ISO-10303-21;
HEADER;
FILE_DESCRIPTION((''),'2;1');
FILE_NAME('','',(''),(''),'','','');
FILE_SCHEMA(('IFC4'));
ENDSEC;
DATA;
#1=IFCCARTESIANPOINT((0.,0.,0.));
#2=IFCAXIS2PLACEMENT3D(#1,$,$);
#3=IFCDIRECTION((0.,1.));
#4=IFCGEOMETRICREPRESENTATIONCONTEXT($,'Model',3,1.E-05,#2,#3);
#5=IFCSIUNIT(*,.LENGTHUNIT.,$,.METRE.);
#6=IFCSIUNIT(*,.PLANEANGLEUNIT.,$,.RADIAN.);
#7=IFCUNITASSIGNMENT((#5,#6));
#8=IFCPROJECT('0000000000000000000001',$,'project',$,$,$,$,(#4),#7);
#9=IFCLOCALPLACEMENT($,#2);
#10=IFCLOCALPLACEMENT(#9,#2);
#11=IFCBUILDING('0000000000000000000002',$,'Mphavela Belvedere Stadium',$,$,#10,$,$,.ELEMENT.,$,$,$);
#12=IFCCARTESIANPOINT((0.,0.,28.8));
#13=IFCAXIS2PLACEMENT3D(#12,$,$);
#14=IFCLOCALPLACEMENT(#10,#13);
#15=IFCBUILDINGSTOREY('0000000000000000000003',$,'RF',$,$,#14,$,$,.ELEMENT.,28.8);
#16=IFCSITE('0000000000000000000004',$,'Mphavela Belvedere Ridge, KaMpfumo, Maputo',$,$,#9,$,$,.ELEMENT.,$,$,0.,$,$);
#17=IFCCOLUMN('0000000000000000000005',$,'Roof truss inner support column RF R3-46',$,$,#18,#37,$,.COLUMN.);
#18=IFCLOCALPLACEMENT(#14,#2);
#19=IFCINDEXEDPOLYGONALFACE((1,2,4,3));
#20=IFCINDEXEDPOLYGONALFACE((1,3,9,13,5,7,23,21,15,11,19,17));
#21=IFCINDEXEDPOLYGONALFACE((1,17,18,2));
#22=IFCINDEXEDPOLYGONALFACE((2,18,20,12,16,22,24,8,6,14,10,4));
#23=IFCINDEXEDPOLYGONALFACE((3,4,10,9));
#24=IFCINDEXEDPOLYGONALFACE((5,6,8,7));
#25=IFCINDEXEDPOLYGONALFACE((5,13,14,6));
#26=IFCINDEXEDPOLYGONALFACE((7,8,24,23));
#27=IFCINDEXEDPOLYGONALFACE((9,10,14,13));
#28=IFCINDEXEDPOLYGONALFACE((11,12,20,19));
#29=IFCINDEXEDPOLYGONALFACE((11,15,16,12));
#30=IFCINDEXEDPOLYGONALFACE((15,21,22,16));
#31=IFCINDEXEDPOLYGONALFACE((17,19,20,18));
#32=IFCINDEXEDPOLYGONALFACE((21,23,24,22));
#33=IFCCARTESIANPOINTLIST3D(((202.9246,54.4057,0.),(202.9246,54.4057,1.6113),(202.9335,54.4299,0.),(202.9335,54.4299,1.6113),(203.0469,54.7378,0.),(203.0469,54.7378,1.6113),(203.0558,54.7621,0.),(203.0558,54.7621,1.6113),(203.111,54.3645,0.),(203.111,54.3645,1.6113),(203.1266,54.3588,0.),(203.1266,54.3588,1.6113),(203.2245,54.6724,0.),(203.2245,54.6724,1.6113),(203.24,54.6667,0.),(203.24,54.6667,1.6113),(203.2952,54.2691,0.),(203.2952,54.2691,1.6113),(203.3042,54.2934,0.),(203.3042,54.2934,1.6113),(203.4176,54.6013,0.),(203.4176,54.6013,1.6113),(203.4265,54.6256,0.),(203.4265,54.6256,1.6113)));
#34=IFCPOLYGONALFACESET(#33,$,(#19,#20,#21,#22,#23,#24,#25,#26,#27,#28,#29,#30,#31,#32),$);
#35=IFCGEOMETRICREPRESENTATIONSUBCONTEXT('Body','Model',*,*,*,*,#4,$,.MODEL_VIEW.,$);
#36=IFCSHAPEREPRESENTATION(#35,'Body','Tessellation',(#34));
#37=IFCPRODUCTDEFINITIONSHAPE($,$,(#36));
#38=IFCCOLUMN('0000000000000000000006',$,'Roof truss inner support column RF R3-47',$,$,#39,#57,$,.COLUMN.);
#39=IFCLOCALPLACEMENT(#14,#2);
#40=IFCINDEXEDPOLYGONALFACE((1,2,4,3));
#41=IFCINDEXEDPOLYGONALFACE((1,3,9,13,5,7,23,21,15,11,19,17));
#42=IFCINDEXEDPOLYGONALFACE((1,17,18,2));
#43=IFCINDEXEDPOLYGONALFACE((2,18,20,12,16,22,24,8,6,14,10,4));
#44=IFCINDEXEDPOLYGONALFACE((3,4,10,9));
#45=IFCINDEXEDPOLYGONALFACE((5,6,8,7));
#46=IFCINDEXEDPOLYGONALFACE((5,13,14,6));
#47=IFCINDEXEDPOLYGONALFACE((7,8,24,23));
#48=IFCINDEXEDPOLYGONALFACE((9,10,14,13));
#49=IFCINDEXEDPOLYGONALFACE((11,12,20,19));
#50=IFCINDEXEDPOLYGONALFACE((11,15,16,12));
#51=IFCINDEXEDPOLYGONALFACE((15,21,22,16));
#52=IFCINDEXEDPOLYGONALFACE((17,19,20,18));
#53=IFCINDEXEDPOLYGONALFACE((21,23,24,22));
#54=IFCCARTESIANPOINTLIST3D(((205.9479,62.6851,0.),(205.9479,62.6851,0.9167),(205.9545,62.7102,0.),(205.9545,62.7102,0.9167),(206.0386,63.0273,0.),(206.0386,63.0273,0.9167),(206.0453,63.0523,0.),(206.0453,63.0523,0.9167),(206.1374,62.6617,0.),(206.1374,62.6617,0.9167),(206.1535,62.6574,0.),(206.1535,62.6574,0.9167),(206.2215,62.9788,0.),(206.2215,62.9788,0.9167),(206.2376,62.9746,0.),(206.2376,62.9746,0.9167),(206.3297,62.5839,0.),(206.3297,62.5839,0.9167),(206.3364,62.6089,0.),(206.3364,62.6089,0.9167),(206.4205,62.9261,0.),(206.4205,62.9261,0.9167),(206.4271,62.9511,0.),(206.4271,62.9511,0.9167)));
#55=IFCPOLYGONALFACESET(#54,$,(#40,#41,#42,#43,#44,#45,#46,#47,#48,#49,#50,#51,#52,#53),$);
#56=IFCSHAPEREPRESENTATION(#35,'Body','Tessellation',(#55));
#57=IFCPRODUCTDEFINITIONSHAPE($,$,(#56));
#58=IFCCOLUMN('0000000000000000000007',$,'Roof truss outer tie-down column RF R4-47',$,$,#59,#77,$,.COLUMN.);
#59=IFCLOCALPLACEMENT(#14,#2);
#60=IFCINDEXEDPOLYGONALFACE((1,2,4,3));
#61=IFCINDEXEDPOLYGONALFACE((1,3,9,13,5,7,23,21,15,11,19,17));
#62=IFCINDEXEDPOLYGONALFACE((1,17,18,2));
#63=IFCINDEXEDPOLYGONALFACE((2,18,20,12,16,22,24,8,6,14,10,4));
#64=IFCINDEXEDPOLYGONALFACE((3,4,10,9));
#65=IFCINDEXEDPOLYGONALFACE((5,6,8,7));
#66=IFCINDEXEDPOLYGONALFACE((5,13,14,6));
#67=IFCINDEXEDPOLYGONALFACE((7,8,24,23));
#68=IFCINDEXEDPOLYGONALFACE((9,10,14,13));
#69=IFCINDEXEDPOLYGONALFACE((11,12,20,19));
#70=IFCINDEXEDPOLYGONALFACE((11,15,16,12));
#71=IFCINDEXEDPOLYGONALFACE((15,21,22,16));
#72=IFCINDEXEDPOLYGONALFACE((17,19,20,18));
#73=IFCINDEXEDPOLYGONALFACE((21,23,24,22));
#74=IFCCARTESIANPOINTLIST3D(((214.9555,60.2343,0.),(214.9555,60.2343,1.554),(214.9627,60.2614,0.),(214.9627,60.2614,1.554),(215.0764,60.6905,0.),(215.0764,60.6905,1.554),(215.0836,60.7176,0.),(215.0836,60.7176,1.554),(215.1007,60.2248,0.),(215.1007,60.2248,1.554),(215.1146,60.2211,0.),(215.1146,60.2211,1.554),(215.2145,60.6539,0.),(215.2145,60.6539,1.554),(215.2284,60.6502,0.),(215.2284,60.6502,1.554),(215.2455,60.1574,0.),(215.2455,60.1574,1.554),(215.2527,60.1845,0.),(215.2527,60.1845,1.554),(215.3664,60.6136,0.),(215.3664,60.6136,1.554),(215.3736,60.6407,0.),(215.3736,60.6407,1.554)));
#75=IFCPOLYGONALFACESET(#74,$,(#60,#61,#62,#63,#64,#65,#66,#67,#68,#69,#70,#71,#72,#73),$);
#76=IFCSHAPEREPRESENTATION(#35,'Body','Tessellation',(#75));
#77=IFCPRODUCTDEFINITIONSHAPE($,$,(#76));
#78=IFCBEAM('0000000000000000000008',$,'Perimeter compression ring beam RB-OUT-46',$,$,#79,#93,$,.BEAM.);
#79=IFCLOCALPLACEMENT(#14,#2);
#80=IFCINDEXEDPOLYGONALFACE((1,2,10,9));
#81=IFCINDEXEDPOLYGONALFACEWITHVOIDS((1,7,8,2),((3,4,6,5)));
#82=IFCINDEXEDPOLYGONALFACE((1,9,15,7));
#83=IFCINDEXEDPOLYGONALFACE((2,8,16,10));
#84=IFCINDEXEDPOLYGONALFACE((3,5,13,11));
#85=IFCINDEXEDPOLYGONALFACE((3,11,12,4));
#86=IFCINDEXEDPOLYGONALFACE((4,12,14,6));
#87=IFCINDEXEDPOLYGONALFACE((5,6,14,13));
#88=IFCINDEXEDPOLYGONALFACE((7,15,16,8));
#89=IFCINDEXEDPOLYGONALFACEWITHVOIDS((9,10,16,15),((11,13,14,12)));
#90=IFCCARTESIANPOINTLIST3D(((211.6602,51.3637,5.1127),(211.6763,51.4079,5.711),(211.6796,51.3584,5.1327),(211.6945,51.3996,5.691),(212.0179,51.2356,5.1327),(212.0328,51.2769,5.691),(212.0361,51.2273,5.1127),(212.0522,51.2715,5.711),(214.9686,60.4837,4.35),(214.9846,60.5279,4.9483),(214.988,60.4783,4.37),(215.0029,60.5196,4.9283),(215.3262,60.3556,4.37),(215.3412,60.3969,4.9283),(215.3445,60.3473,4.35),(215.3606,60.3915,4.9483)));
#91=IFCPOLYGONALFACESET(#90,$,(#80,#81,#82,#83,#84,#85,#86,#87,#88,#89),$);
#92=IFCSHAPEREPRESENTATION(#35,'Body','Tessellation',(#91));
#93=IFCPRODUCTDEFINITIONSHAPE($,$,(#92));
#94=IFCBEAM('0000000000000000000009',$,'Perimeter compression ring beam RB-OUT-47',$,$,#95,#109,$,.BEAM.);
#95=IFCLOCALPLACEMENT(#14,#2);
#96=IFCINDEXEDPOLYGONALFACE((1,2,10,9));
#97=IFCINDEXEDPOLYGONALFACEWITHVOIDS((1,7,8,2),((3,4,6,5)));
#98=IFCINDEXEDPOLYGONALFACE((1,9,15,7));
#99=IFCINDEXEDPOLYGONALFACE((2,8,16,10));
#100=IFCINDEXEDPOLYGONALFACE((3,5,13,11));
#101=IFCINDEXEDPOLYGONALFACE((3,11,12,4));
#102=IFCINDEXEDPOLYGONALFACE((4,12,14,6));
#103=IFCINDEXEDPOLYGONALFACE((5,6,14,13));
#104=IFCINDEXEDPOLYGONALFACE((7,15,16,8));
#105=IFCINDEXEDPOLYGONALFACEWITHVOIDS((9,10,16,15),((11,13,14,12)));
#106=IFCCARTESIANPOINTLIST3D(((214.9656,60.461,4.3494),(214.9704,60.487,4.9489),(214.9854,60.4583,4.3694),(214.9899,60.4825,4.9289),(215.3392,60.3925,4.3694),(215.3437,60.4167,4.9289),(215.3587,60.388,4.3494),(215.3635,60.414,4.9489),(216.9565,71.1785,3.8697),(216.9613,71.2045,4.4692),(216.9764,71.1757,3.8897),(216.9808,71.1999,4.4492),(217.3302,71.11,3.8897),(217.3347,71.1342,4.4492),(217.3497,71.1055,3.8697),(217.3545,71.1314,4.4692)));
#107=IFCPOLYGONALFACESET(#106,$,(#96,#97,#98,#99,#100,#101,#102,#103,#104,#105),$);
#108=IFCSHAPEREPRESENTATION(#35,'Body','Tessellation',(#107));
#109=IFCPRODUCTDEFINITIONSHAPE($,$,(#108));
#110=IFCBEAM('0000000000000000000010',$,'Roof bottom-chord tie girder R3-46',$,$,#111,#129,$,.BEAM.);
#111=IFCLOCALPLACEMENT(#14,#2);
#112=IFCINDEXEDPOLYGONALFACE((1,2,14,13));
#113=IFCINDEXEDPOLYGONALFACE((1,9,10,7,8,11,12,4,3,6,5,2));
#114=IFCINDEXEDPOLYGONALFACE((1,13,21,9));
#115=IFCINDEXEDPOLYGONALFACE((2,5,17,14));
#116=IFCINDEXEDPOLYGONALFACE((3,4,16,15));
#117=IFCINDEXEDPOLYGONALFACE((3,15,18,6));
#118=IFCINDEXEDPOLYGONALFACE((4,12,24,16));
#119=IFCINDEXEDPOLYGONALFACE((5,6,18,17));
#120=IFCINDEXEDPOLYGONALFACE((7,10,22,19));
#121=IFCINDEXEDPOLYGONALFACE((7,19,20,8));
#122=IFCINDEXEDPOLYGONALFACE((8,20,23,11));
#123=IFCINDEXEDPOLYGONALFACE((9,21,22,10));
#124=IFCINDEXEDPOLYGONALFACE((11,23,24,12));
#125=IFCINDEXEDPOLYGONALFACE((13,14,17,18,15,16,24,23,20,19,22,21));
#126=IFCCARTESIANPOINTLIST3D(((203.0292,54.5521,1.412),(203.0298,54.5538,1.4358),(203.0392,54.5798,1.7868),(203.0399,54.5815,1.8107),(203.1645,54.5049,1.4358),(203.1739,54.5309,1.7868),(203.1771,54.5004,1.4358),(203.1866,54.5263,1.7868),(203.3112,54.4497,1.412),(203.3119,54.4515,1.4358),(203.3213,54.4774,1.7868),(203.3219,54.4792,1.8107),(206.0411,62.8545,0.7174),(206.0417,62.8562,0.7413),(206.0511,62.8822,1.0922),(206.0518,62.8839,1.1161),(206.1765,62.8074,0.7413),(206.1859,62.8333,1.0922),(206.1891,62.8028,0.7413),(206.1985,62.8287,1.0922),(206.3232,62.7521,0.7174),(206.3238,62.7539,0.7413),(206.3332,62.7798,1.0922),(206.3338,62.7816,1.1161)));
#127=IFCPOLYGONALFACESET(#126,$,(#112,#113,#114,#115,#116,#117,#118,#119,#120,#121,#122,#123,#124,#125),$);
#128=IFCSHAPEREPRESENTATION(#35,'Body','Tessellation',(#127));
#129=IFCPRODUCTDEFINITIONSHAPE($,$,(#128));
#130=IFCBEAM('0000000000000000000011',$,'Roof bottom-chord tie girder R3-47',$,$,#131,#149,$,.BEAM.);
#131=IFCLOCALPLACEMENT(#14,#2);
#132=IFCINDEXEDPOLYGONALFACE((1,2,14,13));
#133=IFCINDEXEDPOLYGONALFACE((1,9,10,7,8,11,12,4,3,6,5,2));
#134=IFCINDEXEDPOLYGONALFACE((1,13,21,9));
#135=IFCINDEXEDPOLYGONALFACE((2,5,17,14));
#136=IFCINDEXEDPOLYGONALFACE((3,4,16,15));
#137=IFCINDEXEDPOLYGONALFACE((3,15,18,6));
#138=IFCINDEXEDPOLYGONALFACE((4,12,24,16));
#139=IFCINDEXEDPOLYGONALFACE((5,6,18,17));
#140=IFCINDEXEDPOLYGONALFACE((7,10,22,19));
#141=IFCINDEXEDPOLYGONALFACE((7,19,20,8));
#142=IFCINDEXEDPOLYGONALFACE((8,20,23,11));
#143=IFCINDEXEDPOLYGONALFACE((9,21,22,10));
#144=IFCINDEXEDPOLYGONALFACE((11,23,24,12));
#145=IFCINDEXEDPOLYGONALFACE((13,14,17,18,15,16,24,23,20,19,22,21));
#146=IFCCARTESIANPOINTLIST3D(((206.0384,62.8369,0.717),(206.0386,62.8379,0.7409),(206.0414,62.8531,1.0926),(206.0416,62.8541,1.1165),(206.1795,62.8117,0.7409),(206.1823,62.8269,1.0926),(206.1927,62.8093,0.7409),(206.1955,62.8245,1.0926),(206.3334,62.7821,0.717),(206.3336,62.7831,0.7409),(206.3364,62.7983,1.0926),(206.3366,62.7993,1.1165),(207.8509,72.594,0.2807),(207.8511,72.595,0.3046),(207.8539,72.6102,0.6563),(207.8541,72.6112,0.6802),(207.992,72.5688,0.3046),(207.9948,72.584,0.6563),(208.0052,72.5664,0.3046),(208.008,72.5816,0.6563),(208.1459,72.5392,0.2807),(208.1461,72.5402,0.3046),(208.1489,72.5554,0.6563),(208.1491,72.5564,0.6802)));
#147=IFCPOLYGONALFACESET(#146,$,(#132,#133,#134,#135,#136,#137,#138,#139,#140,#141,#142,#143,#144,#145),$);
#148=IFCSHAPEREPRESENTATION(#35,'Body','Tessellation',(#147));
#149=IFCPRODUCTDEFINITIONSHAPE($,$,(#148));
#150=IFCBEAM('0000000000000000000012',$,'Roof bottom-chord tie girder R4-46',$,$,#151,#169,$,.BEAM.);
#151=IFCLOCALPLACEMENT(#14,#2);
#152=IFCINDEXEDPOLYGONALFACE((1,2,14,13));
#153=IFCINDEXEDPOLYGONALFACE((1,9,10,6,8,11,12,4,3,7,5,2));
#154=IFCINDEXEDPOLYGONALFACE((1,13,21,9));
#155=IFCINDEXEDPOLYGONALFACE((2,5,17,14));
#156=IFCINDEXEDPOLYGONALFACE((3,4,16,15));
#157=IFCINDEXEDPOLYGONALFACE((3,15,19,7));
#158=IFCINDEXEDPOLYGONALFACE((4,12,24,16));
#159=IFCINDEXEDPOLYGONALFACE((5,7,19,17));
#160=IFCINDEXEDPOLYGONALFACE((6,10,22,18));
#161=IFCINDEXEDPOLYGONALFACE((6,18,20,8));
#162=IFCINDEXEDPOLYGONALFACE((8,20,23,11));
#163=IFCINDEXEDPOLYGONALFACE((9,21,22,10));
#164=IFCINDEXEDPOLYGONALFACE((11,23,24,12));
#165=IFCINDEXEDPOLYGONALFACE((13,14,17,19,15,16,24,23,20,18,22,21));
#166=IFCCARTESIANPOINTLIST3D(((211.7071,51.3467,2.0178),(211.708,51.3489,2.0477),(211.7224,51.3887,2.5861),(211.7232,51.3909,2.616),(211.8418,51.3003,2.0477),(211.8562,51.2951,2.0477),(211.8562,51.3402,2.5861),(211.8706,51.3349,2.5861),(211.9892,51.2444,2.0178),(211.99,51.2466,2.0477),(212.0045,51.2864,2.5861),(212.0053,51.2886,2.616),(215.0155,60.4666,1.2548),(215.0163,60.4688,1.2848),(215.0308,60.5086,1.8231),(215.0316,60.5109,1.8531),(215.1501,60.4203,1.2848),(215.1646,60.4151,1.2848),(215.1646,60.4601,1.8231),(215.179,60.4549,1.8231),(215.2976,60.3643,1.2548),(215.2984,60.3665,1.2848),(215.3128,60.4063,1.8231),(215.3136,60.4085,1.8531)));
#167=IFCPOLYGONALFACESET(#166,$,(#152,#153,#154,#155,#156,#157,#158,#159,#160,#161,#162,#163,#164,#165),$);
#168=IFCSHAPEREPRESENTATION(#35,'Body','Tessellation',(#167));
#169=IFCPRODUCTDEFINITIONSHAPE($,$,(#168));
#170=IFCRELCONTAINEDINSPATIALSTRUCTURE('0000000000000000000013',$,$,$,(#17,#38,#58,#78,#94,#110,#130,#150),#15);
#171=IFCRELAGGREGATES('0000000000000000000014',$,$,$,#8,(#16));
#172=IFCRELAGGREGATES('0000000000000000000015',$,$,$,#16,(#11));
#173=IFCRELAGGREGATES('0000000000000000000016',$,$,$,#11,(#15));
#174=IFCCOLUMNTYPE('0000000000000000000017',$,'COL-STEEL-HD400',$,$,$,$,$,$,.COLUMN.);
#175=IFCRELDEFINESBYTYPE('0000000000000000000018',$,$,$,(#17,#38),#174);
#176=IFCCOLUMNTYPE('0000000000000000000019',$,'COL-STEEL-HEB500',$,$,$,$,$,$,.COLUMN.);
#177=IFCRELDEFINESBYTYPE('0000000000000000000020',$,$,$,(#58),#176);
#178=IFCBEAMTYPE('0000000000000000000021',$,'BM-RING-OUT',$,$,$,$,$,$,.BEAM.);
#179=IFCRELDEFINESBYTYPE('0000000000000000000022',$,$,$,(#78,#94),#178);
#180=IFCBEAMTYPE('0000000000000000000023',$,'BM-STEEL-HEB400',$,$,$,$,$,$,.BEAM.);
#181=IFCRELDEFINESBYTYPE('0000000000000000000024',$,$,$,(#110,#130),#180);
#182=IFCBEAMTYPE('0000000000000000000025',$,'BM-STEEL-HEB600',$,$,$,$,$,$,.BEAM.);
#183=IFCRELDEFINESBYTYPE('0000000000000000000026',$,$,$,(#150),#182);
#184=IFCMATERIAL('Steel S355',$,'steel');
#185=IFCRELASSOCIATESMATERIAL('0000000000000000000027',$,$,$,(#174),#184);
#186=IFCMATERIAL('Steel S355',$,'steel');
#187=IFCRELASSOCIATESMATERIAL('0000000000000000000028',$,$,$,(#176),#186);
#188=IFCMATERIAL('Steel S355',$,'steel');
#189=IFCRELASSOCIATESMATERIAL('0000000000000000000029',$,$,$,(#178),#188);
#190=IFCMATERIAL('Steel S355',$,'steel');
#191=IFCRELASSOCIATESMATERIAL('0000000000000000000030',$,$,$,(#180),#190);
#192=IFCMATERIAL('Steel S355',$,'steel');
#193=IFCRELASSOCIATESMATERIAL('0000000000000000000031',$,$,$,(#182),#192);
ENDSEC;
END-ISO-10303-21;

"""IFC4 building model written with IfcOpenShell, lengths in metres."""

from ifc_helpers import new_model, si_unit, direction, frame, origin, origin_2d, place, context, subcontext, project, spatial, hollow_rectangle, i_section, extrude, material, material_profile, profile_set, type_object, element, save


model = new_model("IFC4")

# Units and contexts
model_context = context("Model", 3, precision=1e-05, world=origin(), true_north=direction((0.0, 1.0)))
body_context = subcontext(model_context, "Body", "Model", "MODEL_VIEW")
ifc_project = project(units=[si_unit("LENGTHUNIT", "METRE"), si_unit("PLANEANGLEUNIT", "RADIAN")], contexts=[model_context])

# Site, building, storey
site_placement = place(None, origin())
site = spatial("IfcSite", under=ifc_project, at=site_placement, Name="Mphavela Belvedere Ridge, KaMpfumo, Maputo", CompositionType="ELEMENT", RefElevation=0.0)
building_placement = place(site_placement, origin())
building = spatial("IfcBuilding", under=site, at=building_placement, Name="Mphavela Belvedere Stadium", CompositionType="ELEMENT")
storey_placement = place(building_placement, frame((0.0, 0.0, 28.8)))
storey = spatial("IfcBuildingStorey", under=building, at=storey_placement, Name="RF", CompositionType="ELEMENT", Elevation=28.8)

# Columns
ifc_material_1 = material(Name="Steel S355", Category="steel")
ifc_material_profile_1 = material_profile(ifc_material_1, i_section(OverallWidth=0.395, OverallDepth=0.3799, WebThickness=0.0166, FlangeThickness=0.0259, at=origin_2d()), Name="HD 400x237")
ifc_profile_set_1 = profile_set([ifc_material_profile_1], Name="Steel S355")
column_type_1 = type_object("IfcColumnType", Name="COL-STEEL-HD400", PredefinedType="COLUMN", material=ifc_profile_set_1)
column_1_placement = place(storey_placement, frame((203.1755, 54.5156, 0.0), z_axis=(0.0, 0.0, 1.0), x_axis=(0.938372, -0.345626, 0.0)))
element("IfcColumn", 1, at=column_1_placement, inside=storey, type_object=column_type_1, Name="Roof truss inner support column RF R3-46", PredefinedType="COLUMN", context=body_context, shape_type="SweptSolid", body=[
    extrude(i_section(OverallWidth=0.395, OverallDepth=0.3799, WebThickness=0.0166, FlangeThickness=0.0259, at=origin_2d()), origin(), (0.0, 0.0, 1.0), 1.6113),
])
column_2_placement = place(storey_placement, frame((206.1875, 62.8181, 0.0), z_axis=(0.0, 0.0, 1.0), x_axis=(0.9666, -0.256289, 0.0)))
element("IfcColumn", 2, at=column_2_placement, inside=storey, type_object=column_type_1, Name="Roof truss inner support column RF R3-47", PredefinedType="COLUMN", context=body_context, shape_type="SweptSolid", body=[
    extrude(i_section(OverallWidth=0.395, OverallDepth=0.3799, WebThickness=0.0166, FlangeThickness=0.0259, at=origin_2d()), origin(), (0.0, 0.0, 1.0), 0.9167),
])
ifc_material_2 = material(Name="Steel S355", Category="steel")
ifc_material_profile_2 = material_profile(ifc_material_2, i_section(OverallWidth=0.3, OverallDepth=0.5, WebThickness=0.0144, FlangeThickness=0.0281, at=origin_2d()), Name="HEB 500")
ifc_profile_set_2 = profile_set([ifc_material_profile_2], Name="Steel S355")
column_type_2 = type_object("IfcColumnType", Name="COL-STEEL-HEB500", PredefinedType="COLUMN", material=ifc_profile_set_2)
column_3_placement = place(storey_placement, frame((215.1646, 60.4375, 0.0), z_axis=(0.0, 0.0, 1.0), x_axis=(0.9666, -0.256289, 0.0)))
element("IfcColumn", 3, at=column_3_placement, inside=storey, type_object=column_type_2, Name="Roof truss outer tie-down column RF R4-47", PredefinedType="COLUMN", context=body_context, shape_type="SweptSolid", body=[
    extrude(i_section(OverallWidth=0.3, OverallDepth=0.5, WebThickness=0.0144, FlangeThickness=0.0281, at=origin_2d()), origin(), (0.0, 0.0, 1.0), 1.554),
])

# Beams
ifc_material_3 = material(Name="Steel S355", Category="steel")
ifc_material_profile_3 = material_profile(ifc_material_3, hollow_rectangle(XDim=0.3999, YDim=0.6001, WallThickness=0.02, at=origin_2d()), Name="RHS 600x400x20")
ifc_profile_set_3 = profile_set([ifc_material_profile_3], Name="Steel S355")
beam_type_1 = type_object("IfcBeamType", Name="BM-RING-OUT", PredefinedType="BEAM", material=ifc_profile_set_3)
beam_1_placement = place(storey_placement, frame((211.8562, 51.3176, 5.4119), z_axis=(0.339969, 0.937165, -0.078375), x_axis=(-0.940057, 0.341018, 0.0)))
element("IfcBeam", 4, at=beam_1_placement, inside=storey, type_object=beam_type_1, Name="Perimeter compression ring beam RB-OUT-46", PredefinedType="BEAM", context=body_context, shape_type="SweptSolid", body=[
    extrude(hollow_rectangle(XDim=0.3999, YDim=0.6001, WallThickness=0.02, at=origin_2d()), origin(), (0.0, 0.0, 1.0), 9.7314),
])
beam_2_placement = place(storey_placement, frame((215.1646, 60.4375, 4.6492), z_axis=(0.182466, 0.982229, -0.043966), x_axis=(-0.983179, 0.182643, 0.0)))
element("IfcBeam", 5, at=beam_2_placement, inside=storey, type_object=beam_type_1, Name="Perimeter compression ring beam RB-OUT-47", PredefinedType="BEAM", context=body_context, shape_type="SweptSolid", body=[
    extrude(hollow_rectangle(XDim=0.3999, YDim=0.6001, WallThickness=0.02, at=origin_2d()), origin(), (0.0, 0.0, 1.0), 10.9114),
])
ifc_material_4 = material(Name="Steel S355", Category="steel")
ifc_material_profile_4 = material_profile(ifc_material_4, i_section(OverallWidth=0.3, OverallDepth=0.3999, WebThickness=0.0134, FlangeThickness=0.0239, at=origin_2d()), Name="HEB 400")
ifc_profile_set_4 = profile_set([ifc_material_profile_4], Name="Steel S355")
beam_type_2 = type_object("IfcBeamType", Name="BM-STEEL-HEB400", PredefinedType="BEAM", material=ifc_profile_set_4)
beam_3_placement = place(storey_placement, frame((203.1755, 54.5156, 1.6113), z_axis=(0.339981, 0.937159, -0.078402), x_axis=(-0.940052, 0.341031, 0.0)))
element("IfcBeam", 6, at=beam_3_placement, inside=storey, type_object=beam_type_2, Name="Roof bottom-chord tie girder R3-46", PredefinedType="BEAM", context=body_context, shape_type="SweptSolid", body=[
    extrude(i_section(OverallWidth=0.3, OverallDepth=0.3999, WebThickness=0.0134, FlangeThickness=0.0239, at=origin_2d()), origin(), (0.0, 0.0, 1.0), 8.8591),
])
beam_4_placement = place(storey_placement, frame((206.1875, 62.8181, 0.9167), z_axis=(0.182462, 0.982232, -0.04392), x_axis=(-0.98318, 0.182638, 0.0)))
element("IfcBeam", 7, at=beam_4_placement, inside=storey, type_object=beam_type_2, Name="Roof bottom-chord tie girder R3-47", PredefinedType="BEAM", context=body_context, shape_type="SweptSolid", body=[
    extrude(i_section(OverallWidth=0.3, OverallDepth=0.3999, WebThickness=0.0134, FlangeThickness=0.0239, at=origin_2d()), origin(), (0.0, 0.0, 1.0), 9.9336),
])
ifc_material_5 = material(Name="Steel S355", Category="steel")
ifc_material_profile_5 = material_profile(ifc_material_5, i_section(OverallWidth=0.3, OverallDepth=0.6001, WebThickness=0.0154, FlangeThickness=0.03, at=origin_2d()), Name="HEB 600")
ifc_profile_set_5 = profile_set([ifc_material_profile_5], Name="Steel S355")
beam_type_3 = type_object("IfcBeamType", Name="BM-STEEL-HEB600", PredefinedType="BEAM", material=ifc_profile_set_5)
beam_5_placement = place(storey_placement, frame((211.8562, 51.3176, 2.3169), z_axis=(0.339968, 0.937163, -0.0784), x_axis=(-0.940057, 0.341018, 0.0)))
element("IfcBeam", 8, at=beam_5_placement, inside=storey, type_object=beam_type_3, Name="Roof bottom-chord tie girder R4-46", PredefinedType="BEAM", context=body_context, shape_type="SweptSolid", body=[
    extrude(i_section(OverallWidth=0.3, OverallDepth=0.6001, WebThickness=0.0154, FlangeThickness=0.03, at=origin_2d()), origin(), (0.0, 0.0, 1.0), 9.7314),
])

save(model, "model.ifc")
